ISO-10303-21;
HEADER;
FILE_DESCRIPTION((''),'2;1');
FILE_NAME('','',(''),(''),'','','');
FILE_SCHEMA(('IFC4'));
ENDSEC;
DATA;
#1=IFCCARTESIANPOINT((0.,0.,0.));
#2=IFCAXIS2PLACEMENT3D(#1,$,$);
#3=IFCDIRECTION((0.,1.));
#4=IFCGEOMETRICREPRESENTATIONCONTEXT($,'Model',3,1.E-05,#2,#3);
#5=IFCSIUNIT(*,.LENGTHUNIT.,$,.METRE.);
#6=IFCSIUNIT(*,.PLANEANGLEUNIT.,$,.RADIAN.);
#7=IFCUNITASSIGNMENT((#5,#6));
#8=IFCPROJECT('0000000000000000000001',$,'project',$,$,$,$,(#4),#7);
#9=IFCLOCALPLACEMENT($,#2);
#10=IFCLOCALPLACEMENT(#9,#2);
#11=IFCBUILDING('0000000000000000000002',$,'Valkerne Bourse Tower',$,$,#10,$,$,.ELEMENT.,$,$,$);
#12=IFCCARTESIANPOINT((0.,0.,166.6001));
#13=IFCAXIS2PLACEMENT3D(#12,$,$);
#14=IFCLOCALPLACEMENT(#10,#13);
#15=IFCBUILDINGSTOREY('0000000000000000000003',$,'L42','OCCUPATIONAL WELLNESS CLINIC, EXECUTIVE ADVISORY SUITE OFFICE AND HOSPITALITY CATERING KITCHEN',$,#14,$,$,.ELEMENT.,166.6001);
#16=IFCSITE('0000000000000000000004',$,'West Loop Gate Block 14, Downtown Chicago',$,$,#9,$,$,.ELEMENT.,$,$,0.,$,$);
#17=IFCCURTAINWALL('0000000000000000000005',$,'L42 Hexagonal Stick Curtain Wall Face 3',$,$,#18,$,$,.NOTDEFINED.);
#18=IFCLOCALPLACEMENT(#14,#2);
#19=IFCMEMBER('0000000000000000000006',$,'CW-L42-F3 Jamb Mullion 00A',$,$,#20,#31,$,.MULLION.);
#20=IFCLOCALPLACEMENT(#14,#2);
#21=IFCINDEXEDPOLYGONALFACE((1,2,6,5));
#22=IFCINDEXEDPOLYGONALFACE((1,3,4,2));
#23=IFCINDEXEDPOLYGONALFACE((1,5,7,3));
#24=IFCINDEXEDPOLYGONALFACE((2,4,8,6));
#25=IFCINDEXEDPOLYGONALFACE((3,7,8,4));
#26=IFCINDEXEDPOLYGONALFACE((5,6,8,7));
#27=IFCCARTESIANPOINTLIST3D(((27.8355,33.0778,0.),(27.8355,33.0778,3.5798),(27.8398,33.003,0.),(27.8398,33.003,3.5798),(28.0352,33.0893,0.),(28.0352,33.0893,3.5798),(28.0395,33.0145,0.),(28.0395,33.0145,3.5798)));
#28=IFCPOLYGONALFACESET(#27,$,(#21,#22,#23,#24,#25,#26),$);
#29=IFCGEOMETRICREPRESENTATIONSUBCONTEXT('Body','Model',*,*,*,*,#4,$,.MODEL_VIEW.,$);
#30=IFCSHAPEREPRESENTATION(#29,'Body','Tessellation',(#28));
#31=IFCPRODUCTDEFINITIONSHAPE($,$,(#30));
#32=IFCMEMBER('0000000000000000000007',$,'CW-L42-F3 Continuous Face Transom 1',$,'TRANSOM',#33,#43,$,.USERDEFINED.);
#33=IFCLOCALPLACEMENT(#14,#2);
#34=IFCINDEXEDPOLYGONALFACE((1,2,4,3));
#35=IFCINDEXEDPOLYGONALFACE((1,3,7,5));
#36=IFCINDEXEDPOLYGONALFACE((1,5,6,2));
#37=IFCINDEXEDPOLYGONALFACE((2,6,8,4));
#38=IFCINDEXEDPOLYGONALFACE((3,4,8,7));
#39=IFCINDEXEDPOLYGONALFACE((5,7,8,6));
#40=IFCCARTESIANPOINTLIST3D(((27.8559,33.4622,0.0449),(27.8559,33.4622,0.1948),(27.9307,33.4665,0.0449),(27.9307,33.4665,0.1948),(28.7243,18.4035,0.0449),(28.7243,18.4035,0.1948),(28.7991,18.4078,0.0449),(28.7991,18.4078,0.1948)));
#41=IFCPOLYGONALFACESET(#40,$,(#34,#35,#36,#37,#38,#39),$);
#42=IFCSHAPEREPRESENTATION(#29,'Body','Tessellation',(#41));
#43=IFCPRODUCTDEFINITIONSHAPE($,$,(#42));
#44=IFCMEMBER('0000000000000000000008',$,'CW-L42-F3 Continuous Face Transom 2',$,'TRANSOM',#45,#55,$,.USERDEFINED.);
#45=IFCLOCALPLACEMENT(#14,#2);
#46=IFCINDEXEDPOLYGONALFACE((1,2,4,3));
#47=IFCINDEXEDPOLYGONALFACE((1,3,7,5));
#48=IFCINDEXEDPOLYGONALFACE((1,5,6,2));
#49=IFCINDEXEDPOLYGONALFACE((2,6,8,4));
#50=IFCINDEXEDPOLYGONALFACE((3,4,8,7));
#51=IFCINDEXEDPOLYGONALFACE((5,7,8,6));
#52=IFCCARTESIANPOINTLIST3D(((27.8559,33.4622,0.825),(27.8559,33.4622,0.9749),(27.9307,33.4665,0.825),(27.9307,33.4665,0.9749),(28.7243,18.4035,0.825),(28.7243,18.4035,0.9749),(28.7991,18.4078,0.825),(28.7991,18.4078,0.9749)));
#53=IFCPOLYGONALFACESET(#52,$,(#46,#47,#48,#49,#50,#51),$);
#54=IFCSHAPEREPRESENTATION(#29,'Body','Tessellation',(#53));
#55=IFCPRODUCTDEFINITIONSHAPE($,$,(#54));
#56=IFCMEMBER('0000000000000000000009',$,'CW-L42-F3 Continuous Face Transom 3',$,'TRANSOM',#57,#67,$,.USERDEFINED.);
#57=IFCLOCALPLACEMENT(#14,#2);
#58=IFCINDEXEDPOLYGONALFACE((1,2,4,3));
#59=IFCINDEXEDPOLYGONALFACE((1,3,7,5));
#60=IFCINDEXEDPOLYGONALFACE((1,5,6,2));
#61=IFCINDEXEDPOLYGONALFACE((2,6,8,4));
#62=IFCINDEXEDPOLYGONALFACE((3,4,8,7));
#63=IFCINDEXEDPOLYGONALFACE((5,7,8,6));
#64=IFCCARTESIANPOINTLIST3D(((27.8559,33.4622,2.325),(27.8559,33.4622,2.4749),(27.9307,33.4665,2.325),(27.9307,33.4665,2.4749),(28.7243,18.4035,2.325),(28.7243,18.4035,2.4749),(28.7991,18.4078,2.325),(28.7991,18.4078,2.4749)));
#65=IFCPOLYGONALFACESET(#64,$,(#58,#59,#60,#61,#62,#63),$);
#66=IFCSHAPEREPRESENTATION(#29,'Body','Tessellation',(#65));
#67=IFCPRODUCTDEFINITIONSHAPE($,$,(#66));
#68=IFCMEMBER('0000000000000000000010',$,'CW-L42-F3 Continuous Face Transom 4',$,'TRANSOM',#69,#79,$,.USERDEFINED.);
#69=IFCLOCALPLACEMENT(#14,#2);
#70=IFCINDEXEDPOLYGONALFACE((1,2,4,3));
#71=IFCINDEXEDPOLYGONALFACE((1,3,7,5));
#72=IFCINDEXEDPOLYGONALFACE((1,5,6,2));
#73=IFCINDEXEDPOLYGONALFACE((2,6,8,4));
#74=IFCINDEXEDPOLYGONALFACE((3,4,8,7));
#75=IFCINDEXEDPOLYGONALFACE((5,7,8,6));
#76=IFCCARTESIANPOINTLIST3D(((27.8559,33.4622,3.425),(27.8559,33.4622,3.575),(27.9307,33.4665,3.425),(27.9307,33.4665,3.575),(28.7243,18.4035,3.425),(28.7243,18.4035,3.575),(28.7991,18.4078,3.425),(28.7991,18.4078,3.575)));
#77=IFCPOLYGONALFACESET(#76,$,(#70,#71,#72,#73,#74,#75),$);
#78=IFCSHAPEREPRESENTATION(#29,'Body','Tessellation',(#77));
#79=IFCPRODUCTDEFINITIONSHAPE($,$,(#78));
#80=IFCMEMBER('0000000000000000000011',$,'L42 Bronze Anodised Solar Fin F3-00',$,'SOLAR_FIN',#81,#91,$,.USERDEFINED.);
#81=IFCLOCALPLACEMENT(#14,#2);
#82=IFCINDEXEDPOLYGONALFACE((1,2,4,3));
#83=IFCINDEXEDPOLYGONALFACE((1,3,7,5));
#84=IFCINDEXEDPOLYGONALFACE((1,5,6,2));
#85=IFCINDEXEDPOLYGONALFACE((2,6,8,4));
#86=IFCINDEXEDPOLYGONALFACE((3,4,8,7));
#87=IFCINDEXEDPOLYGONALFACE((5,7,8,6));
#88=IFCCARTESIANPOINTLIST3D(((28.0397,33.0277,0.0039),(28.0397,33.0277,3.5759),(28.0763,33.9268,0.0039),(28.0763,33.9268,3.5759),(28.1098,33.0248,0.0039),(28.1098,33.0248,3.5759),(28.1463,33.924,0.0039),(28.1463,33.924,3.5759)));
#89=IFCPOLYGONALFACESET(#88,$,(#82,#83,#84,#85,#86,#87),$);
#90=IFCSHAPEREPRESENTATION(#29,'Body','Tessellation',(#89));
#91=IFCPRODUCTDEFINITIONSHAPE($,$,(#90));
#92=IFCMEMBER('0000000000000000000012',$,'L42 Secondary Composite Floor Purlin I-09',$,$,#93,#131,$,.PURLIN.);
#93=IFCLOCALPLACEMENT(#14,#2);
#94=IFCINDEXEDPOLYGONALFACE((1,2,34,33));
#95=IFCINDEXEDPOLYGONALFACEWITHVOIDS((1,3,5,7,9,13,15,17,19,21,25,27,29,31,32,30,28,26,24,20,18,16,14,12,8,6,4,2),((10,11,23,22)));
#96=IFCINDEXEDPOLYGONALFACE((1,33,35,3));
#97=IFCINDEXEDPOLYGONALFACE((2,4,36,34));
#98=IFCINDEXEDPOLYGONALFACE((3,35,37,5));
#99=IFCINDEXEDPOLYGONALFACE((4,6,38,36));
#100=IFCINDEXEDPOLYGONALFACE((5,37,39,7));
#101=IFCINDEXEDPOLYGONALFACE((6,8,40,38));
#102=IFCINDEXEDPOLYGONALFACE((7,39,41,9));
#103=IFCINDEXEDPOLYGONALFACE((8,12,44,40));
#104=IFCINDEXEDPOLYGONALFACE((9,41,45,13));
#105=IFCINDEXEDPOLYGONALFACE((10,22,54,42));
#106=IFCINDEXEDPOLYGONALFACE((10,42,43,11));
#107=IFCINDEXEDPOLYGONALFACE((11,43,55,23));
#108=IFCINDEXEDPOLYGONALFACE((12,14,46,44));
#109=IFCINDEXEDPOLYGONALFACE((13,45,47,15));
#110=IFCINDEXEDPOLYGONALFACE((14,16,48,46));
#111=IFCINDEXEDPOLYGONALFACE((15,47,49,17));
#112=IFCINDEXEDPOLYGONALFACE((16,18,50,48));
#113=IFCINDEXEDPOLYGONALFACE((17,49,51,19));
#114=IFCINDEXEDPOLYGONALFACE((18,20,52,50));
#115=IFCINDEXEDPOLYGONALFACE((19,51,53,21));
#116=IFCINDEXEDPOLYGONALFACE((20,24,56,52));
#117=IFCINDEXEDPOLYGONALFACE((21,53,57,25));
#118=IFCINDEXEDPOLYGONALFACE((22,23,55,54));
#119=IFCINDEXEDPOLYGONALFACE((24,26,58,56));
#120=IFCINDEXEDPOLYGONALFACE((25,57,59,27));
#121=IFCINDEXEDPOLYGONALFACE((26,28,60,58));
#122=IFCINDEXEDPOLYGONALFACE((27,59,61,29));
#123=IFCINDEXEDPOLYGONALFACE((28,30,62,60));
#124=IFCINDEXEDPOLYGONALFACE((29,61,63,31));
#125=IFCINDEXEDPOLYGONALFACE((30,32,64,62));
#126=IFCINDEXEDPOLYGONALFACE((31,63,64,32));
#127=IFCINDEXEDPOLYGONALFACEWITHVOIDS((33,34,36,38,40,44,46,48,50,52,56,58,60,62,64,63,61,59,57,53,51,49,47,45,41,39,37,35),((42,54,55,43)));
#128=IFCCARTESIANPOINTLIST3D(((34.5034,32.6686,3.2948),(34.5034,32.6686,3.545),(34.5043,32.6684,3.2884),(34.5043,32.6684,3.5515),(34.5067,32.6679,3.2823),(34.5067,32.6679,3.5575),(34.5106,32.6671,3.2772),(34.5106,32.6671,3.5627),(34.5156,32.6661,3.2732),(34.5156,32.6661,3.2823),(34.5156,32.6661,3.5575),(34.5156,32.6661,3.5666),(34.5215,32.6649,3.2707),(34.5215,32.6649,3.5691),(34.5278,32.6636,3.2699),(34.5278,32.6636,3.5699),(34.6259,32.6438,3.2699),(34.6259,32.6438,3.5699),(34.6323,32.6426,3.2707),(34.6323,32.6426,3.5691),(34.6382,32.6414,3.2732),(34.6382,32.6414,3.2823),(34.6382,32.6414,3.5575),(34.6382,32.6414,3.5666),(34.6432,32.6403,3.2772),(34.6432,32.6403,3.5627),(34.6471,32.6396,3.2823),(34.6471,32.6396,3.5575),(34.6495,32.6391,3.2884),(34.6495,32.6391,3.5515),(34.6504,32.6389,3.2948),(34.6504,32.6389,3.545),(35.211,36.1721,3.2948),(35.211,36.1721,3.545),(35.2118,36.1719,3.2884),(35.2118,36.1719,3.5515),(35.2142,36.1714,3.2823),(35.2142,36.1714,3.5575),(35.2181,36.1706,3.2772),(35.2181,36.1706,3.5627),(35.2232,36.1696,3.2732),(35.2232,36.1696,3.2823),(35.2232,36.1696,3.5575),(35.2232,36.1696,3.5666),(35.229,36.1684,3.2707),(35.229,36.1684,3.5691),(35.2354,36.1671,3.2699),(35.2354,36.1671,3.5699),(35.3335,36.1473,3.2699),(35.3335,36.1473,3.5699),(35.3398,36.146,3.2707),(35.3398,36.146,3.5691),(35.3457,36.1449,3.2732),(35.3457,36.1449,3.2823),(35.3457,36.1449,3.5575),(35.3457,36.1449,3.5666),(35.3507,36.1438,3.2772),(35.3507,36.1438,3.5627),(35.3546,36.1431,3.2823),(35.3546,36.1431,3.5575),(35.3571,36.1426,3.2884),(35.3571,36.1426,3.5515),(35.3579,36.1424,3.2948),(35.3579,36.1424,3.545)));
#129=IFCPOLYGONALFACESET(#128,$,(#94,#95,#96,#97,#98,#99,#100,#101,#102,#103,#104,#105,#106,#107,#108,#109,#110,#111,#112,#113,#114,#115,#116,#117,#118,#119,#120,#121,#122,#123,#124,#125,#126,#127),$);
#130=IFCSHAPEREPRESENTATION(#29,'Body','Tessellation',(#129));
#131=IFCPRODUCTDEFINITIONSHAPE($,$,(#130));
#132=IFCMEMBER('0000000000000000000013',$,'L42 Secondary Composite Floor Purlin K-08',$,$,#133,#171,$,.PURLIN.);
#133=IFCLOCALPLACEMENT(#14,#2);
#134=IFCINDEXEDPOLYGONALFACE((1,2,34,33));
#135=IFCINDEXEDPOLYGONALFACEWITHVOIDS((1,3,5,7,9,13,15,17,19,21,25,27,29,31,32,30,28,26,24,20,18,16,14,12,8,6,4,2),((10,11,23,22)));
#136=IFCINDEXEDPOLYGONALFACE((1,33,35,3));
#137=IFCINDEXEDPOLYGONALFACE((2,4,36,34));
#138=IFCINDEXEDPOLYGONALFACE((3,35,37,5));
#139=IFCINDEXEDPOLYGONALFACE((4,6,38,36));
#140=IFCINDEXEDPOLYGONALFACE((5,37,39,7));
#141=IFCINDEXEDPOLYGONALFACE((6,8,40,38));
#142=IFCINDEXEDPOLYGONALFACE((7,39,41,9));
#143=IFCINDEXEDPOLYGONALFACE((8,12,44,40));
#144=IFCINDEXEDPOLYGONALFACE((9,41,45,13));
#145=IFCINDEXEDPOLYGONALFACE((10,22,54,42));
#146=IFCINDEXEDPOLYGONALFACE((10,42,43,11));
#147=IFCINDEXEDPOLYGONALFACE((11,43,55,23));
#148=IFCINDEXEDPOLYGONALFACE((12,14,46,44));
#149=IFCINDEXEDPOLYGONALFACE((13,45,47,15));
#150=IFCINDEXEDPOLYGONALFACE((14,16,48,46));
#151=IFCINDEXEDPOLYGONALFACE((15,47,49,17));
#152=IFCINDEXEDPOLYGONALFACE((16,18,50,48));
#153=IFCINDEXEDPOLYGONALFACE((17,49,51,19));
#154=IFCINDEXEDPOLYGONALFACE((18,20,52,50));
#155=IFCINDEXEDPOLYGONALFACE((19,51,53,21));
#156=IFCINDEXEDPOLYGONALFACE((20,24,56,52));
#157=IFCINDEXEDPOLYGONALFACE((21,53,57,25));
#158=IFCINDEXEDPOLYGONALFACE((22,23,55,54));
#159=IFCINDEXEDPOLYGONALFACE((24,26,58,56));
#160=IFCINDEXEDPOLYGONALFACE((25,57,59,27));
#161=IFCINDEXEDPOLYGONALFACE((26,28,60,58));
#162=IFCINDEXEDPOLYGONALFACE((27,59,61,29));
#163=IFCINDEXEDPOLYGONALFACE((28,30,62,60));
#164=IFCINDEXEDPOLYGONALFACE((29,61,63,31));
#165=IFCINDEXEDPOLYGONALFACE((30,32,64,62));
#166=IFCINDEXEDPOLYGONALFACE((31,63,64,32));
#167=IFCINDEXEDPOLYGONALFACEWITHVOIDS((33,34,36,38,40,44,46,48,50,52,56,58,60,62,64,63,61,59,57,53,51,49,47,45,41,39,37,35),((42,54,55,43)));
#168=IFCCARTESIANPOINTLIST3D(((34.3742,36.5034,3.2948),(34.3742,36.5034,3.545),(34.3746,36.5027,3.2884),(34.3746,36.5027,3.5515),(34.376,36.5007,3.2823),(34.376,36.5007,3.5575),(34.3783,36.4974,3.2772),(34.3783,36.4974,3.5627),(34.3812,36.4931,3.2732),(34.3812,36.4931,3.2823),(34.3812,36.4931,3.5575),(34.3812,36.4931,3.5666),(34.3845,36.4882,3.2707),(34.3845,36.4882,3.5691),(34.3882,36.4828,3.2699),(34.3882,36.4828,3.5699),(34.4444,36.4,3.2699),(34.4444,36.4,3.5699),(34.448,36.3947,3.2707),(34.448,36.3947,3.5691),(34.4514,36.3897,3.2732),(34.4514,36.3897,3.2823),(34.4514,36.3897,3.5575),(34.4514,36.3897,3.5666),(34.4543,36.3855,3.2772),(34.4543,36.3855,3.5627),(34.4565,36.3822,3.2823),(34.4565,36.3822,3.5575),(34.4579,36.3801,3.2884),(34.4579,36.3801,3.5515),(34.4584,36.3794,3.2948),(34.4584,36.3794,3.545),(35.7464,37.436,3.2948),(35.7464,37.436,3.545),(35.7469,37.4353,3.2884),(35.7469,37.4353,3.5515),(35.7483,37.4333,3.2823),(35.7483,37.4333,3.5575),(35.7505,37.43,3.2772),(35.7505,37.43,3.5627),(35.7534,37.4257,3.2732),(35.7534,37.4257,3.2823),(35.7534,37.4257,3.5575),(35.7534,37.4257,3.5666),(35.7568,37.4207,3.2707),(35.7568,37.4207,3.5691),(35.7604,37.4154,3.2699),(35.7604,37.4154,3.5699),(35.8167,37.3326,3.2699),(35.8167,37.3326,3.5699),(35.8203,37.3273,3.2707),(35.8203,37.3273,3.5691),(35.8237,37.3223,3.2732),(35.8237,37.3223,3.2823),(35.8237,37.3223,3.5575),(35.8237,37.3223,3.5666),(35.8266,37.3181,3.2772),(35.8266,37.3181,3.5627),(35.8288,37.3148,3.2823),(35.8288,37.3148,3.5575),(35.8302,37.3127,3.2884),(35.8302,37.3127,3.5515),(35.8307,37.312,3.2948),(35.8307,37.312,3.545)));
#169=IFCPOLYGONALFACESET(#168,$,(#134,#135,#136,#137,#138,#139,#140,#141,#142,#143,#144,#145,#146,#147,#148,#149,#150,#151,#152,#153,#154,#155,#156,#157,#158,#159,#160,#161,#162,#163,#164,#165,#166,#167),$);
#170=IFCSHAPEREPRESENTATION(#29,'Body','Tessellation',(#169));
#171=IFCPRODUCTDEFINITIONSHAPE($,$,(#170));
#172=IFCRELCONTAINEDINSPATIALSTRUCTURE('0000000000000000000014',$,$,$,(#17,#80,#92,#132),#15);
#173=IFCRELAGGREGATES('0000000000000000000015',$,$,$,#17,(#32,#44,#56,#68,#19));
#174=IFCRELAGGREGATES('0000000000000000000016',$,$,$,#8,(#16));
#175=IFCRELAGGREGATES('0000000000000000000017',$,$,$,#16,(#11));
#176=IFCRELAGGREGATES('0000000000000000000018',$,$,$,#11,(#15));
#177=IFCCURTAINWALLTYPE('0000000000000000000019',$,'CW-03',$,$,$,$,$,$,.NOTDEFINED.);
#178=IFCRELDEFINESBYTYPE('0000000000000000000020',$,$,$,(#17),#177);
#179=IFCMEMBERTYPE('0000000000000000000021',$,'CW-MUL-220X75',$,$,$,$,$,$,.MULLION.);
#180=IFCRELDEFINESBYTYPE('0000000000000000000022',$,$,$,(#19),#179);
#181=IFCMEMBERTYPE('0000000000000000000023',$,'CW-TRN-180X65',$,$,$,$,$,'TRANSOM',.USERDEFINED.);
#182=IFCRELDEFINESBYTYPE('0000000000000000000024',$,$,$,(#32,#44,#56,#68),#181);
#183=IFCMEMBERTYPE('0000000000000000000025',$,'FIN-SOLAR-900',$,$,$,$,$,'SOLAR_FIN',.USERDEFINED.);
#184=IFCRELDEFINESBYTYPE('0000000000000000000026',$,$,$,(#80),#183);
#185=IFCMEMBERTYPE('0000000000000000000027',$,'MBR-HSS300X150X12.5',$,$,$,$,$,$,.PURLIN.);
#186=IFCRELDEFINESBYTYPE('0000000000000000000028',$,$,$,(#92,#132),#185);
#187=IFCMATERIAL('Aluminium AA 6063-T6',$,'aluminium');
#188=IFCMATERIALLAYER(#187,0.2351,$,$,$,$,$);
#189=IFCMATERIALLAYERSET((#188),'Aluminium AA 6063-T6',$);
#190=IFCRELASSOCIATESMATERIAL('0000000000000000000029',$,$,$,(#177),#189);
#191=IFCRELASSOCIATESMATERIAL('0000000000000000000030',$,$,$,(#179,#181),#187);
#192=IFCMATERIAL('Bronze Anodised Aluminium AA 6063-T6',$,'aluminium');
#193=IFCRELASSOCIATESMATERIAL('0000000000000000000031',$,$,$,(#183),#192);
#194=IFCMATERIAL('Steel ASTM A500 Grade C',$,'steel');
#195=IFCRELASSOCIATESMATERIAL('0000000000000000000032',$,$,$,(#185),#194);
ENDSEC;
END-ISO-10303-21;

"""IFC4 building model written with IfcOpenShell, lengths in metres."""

from ifc_helpers import new_model, si_unit, direction, frame, origin, origin_2d, place, context, subcontext, project, spatial, rectangle, hollow_rectangle, extrude, material, layer, layer_set, material_profile, profile_set, type_object, element, aggregate, save


model = new_model("IFC4")

# Units and contexts
model_context = context("Model", 3, precision=1e-05, world=origin(), true_north=direction((0.0, 1.0)))
body_context = subcontext(model_context, "Body", "Model", "MODEL_VIEW")
ifc_project = project(units=[si_unit("LENGTHUNIT", "METRE"), si_unit("PLANEANGLEUNIT", "RADIAN")], contexts=[model_context])

# Site, building, storey
site_placement = place(None, origin())
site = spatial("IfcSite", under=ifc_project, at=site_placement, Name="West Loop Gate Block 14, Downtown Chicago", CompositionType="ELEMENT", RefElevation=0.0)
building_placement = place(site_placement, origin())
building = spatial("IfcBuilding", under=site, at=building_placement, Name="Valkerne Bourse Tower", CompositionType="ELEMENT")
storey_placement = place(building_placement, frame((0.0, 0.0, 166.6001)))
storey = spatial("IfcBuildingStorey", under=building, at=storey_placement, Name="L42", Description="OCCUPATIONAL WELLNESS CLINIC, EXECUTIVE ADVISORY SUITE OFFICE AND HOSPITALITY CATERING KITCHEN", CompositionType="ELEMENT", Elevation=166.6001)

# Curtain wall, members
ifc_material_1 = material(Name="Aluminium AA 6063-T6", Category="aluminium")
ifc_layer_1 = layer(ifc_material_1, 0.2351)
ifc_layer_set_1 = layer_set([ifc_layer_1], Name="Aluminium AA 6063-T6")
curtain_wall_type = type_object("IfcCurtainWallType", Name="CW-03", PredefinedType="NOTDEFINED", material=ifc_layer_set_1)
curtain_wall_placement = place(storey_placement, origin())
curtain_wall = element("IfcCurtainWall", 1, at=curtain_wall_placement, inside=storey, type_object=curtain_wall_type, Name="L42 Hexagonal Stick Curtain Wall Face 3", PredefinedType="NOTDEFINED")
ifc_material_profile_1 = material_profile(ifc_material_1, rectangle(XDim=0.075, YDim=0.2, at=origin_2d()), Name="CWM-75X200")
ifc_profile_set_1 = profile_set([ifc_material_profile_1], Name="Aluminium AA 6063-T6")
member_type_1 = type_object("IfcMemberType", Name="CW-MUL-220X75", PredefinedType="MULLION", material=ifc_profile_set_1)
member_1_placement = place(storey_placement, frame((27.9375, 33.0461, 0.0), z_axis=(0.0, 0.0, 1.0), x_axis=(0.05757, -0.998341, 0.0)))
member_1 = element("IfcMember", 2, at=member_1_placement, type_object=member_type_1, Name="CW-L42-F3 Jamb Mullion 00A", PredefinedType="MULLION", context=body_context, shape_type="SweptSolid", body=[
    extrude(rectangle(XDim=0.075, YDim=0.2, at=origin_2d()), origin(), (0.0, 0.0, 1.0), 3.5798),
])
ifc_material_profile_2 = material_profile(ifc_material_1, rectangle(XDim=0.075, YDim=0.1499, at=origin_2d()), Name="CWT-75X150")
ifc_profile_set_2 = profile_set([ifc_material_profile_2], Name="Aluminium AA 6063-T6")
member_type_2 = type_object("IfcMemberType", Name="CW-TRN-180X65", ElementType="TRANSOM", PredefinedType="USERDEFINED", material=ifc_profile_set_2)
member_2_placement = place(storey_placement, frame((27.8933, 33.4644, 0.1199), z_axis=(0.057572, -0.998341, 0.0), x_axis=(0.998341, 0.057572, 0.0)))
member_2 = element("IfcMember", 3, at=member_2_placement, type_object=member_type_2, Name="CW-L42-F3 Continuous Face Transom 1", ObjectType="TRANSOM", PredefinedType="USERDEFINED", context=body_context, shape_type="SweptSolid", body=[
    extrude(rectangle(XDim=0.075, YDim=0.1499, at=origin_2d()), origin(), (0.0, 0.0, 1.0), 15.0837),
])
member_3_placement = place(storey_placement, frame((27.8933, 33.4644, 0.8999), z_axis=(0.057572, -0.998341, 0.0), x_axis=(0.998341, 0.057572, 0.0)))
member_3 = element("IfcMember", 4, at=member_3_placement, type_object=member_type_2, Name="CW-L42-F3 Continuous Face Transom 2", ObjectType="TRANSOM", PredefinedType="USERDEFINED", context=body_context, shape_type="SweptSolid", body=[
    extrude(rectangle(XDim=0.075, YDim=0.1499, at=origin_2d()), origin(), (0.0, 0.0, 1.0), 15.0837),
])
member_4_placement = place(storey_placement, frame((27.8933, 33.4644, 2.3999), z_axis=(0.057572, -0.998341, 0.0), x_axis=(0.998341, 0.057572, 0.0)))
member_4 = element("IfcMember", 5, at=member_4_placement, type_object=member_type_2, Name="CW-L42-F3 Continuous Face Transom 3", ObjectType="TRANSOM", PredefinedType="USERDEFINED", context=body_context, shape_type="SweptSolid", body=[
    extrude(rectangle(XDim=0.075, YDim=0.1499, at=origin_2d()), origin(), (0.0, 0.0, 1.0), 15.0837),
])
member_5_placement = place(storey_placement, frame((27.8933, 33.4644, 3.5), z_axis=(0.057572, -0.998341, 0.0), x_axis=(0.998341, 0.057572, 0.0)))
member_5 = element("IfcMember", 6, at=member_5_placement, type_object=member_type_2, Name="CW-L42-F3 Continuous Face Transom 4", ObjectType="TRANSOM", PredefinedType="USERDEFINED", context=body_context, shape_type="SweptSolid", body=[
    extrude(rectangle(XDim=0.075, YDim=0.1499, at=origin_2d()), origin(), (0.0, 0.0, 1.0), 15.0837),
])

# Members
ifc_material_2 = material(Name="Bronze Anodised Aluminium AA 6063-T6", Category="aluminium")
ifc_material_profile_3 = material_profile(ifc_material_2, rectangle(XDim=0.0701, YDim=0.8999, at=origin_2d()), Name="FIN-70X900")
ifc_profile_set_3 = profile_set([ifc_material_profile_3], Name="Bronze Anodised Aluminium AA 6063-T6")
member_type_3 = type_object("IfcMemberType", Name="FIN-SOLAR-900", ElementType="SOLAR_FIN", PredefinedType="USERDEFINED", material=ifc_profile_set_3)
member_6_placement = place(storey_placement, frame((28.093, 33.4758, 0.0039), z_axis=(0.0, 0.0, 1.0), x_axis=(-0.999175, 0.0406, 0.0)))
element("IfcMember", 7, at=member_6_placement, inside=storey, type_object=member_type_3, Name="L42 Bronze Anodised Solar Fin F3-00", ObjectType="SOLAR_FIN", PredefinedType="USERDEFINED", context=body_context, shape_type="SweptSolid", body=[
    extrude(rectangle(XDim=0.0701, YDim=0.8999, at=origin_2d()), origin(), (0.0, 0.0, 1.0), 3.572),
])
ifc_material_3 = material(Name="Steel ASTM A500 Grade C", Category="steel")
ifc_material_profile_4 = material_profile(ifc_material_3, hollow_rectangle(XDim=0.1499, YDim=0.3, WallThickness=0.0125, OuterFilletRadius=0.0249, at=origin_2d()), Name="HSS300X150X12.5")
ifc_profile_set_4 = profile_set([ifc_material_profile_4], Name="Steel ASTM A500 Grade C")
member_type_4 = type_object("IfcMemberType", Name="MBR-HSS300X150X12.5", PredefinedType="PURLIN", material=ifc_profile_set_4)
member_7_placement = place(storey_placement, frame((35.2844, 36.1572, 3.4199), z_axis=(-0.197955, -0.980211, 0.0), x_axis=(0.980211, -0.197955, 0.0)))
element("IfcMember", 8, at=member_7_placement, inside=storey, type_object=member_type_4, Name="L42 Secondary Composite Floor Purlin I-09", PredefinedType="PURLIN", context=body_context, shape_type="SweptSolid", body=[
    extrude(hollow_rectangle(XDim=0.1499, YDim=0.3, WallThickness=0.0125, OuterFilletRadius=0.0249, at=origin_2d()), origin(), (0.0, 0.0, 1.0), 3.5742),
])
member_8_placement = place(storey_placement, frame((35.7886, 37.374, 3.4199), z_axis=(-0.827082, -0.562081, 0.0), x_axis=(0.562081, -0.827082, 0.0)))
element("IfcMember", 9, at=member_8_placement, inside=storey, type_object=member_type_4, Name="L42 Secondary Composite Floor Purlin K-08", PredefinedType="PURLIN", context=body_context, shape_type="SweptSolid", body=[
    extrude(hollow_rectangle(XDim=0.1499, YDim=0.3, WallThickness=0.0125, OuterFilletRadius=0.0249, at=origin_2d()), origin(), (0.0, 0.0, 1.0), 1.6592),
])

aggregate(curtain_wall, [member_2, member_3, member_4, member_5, member_1])

save(model, "model.ifc")
